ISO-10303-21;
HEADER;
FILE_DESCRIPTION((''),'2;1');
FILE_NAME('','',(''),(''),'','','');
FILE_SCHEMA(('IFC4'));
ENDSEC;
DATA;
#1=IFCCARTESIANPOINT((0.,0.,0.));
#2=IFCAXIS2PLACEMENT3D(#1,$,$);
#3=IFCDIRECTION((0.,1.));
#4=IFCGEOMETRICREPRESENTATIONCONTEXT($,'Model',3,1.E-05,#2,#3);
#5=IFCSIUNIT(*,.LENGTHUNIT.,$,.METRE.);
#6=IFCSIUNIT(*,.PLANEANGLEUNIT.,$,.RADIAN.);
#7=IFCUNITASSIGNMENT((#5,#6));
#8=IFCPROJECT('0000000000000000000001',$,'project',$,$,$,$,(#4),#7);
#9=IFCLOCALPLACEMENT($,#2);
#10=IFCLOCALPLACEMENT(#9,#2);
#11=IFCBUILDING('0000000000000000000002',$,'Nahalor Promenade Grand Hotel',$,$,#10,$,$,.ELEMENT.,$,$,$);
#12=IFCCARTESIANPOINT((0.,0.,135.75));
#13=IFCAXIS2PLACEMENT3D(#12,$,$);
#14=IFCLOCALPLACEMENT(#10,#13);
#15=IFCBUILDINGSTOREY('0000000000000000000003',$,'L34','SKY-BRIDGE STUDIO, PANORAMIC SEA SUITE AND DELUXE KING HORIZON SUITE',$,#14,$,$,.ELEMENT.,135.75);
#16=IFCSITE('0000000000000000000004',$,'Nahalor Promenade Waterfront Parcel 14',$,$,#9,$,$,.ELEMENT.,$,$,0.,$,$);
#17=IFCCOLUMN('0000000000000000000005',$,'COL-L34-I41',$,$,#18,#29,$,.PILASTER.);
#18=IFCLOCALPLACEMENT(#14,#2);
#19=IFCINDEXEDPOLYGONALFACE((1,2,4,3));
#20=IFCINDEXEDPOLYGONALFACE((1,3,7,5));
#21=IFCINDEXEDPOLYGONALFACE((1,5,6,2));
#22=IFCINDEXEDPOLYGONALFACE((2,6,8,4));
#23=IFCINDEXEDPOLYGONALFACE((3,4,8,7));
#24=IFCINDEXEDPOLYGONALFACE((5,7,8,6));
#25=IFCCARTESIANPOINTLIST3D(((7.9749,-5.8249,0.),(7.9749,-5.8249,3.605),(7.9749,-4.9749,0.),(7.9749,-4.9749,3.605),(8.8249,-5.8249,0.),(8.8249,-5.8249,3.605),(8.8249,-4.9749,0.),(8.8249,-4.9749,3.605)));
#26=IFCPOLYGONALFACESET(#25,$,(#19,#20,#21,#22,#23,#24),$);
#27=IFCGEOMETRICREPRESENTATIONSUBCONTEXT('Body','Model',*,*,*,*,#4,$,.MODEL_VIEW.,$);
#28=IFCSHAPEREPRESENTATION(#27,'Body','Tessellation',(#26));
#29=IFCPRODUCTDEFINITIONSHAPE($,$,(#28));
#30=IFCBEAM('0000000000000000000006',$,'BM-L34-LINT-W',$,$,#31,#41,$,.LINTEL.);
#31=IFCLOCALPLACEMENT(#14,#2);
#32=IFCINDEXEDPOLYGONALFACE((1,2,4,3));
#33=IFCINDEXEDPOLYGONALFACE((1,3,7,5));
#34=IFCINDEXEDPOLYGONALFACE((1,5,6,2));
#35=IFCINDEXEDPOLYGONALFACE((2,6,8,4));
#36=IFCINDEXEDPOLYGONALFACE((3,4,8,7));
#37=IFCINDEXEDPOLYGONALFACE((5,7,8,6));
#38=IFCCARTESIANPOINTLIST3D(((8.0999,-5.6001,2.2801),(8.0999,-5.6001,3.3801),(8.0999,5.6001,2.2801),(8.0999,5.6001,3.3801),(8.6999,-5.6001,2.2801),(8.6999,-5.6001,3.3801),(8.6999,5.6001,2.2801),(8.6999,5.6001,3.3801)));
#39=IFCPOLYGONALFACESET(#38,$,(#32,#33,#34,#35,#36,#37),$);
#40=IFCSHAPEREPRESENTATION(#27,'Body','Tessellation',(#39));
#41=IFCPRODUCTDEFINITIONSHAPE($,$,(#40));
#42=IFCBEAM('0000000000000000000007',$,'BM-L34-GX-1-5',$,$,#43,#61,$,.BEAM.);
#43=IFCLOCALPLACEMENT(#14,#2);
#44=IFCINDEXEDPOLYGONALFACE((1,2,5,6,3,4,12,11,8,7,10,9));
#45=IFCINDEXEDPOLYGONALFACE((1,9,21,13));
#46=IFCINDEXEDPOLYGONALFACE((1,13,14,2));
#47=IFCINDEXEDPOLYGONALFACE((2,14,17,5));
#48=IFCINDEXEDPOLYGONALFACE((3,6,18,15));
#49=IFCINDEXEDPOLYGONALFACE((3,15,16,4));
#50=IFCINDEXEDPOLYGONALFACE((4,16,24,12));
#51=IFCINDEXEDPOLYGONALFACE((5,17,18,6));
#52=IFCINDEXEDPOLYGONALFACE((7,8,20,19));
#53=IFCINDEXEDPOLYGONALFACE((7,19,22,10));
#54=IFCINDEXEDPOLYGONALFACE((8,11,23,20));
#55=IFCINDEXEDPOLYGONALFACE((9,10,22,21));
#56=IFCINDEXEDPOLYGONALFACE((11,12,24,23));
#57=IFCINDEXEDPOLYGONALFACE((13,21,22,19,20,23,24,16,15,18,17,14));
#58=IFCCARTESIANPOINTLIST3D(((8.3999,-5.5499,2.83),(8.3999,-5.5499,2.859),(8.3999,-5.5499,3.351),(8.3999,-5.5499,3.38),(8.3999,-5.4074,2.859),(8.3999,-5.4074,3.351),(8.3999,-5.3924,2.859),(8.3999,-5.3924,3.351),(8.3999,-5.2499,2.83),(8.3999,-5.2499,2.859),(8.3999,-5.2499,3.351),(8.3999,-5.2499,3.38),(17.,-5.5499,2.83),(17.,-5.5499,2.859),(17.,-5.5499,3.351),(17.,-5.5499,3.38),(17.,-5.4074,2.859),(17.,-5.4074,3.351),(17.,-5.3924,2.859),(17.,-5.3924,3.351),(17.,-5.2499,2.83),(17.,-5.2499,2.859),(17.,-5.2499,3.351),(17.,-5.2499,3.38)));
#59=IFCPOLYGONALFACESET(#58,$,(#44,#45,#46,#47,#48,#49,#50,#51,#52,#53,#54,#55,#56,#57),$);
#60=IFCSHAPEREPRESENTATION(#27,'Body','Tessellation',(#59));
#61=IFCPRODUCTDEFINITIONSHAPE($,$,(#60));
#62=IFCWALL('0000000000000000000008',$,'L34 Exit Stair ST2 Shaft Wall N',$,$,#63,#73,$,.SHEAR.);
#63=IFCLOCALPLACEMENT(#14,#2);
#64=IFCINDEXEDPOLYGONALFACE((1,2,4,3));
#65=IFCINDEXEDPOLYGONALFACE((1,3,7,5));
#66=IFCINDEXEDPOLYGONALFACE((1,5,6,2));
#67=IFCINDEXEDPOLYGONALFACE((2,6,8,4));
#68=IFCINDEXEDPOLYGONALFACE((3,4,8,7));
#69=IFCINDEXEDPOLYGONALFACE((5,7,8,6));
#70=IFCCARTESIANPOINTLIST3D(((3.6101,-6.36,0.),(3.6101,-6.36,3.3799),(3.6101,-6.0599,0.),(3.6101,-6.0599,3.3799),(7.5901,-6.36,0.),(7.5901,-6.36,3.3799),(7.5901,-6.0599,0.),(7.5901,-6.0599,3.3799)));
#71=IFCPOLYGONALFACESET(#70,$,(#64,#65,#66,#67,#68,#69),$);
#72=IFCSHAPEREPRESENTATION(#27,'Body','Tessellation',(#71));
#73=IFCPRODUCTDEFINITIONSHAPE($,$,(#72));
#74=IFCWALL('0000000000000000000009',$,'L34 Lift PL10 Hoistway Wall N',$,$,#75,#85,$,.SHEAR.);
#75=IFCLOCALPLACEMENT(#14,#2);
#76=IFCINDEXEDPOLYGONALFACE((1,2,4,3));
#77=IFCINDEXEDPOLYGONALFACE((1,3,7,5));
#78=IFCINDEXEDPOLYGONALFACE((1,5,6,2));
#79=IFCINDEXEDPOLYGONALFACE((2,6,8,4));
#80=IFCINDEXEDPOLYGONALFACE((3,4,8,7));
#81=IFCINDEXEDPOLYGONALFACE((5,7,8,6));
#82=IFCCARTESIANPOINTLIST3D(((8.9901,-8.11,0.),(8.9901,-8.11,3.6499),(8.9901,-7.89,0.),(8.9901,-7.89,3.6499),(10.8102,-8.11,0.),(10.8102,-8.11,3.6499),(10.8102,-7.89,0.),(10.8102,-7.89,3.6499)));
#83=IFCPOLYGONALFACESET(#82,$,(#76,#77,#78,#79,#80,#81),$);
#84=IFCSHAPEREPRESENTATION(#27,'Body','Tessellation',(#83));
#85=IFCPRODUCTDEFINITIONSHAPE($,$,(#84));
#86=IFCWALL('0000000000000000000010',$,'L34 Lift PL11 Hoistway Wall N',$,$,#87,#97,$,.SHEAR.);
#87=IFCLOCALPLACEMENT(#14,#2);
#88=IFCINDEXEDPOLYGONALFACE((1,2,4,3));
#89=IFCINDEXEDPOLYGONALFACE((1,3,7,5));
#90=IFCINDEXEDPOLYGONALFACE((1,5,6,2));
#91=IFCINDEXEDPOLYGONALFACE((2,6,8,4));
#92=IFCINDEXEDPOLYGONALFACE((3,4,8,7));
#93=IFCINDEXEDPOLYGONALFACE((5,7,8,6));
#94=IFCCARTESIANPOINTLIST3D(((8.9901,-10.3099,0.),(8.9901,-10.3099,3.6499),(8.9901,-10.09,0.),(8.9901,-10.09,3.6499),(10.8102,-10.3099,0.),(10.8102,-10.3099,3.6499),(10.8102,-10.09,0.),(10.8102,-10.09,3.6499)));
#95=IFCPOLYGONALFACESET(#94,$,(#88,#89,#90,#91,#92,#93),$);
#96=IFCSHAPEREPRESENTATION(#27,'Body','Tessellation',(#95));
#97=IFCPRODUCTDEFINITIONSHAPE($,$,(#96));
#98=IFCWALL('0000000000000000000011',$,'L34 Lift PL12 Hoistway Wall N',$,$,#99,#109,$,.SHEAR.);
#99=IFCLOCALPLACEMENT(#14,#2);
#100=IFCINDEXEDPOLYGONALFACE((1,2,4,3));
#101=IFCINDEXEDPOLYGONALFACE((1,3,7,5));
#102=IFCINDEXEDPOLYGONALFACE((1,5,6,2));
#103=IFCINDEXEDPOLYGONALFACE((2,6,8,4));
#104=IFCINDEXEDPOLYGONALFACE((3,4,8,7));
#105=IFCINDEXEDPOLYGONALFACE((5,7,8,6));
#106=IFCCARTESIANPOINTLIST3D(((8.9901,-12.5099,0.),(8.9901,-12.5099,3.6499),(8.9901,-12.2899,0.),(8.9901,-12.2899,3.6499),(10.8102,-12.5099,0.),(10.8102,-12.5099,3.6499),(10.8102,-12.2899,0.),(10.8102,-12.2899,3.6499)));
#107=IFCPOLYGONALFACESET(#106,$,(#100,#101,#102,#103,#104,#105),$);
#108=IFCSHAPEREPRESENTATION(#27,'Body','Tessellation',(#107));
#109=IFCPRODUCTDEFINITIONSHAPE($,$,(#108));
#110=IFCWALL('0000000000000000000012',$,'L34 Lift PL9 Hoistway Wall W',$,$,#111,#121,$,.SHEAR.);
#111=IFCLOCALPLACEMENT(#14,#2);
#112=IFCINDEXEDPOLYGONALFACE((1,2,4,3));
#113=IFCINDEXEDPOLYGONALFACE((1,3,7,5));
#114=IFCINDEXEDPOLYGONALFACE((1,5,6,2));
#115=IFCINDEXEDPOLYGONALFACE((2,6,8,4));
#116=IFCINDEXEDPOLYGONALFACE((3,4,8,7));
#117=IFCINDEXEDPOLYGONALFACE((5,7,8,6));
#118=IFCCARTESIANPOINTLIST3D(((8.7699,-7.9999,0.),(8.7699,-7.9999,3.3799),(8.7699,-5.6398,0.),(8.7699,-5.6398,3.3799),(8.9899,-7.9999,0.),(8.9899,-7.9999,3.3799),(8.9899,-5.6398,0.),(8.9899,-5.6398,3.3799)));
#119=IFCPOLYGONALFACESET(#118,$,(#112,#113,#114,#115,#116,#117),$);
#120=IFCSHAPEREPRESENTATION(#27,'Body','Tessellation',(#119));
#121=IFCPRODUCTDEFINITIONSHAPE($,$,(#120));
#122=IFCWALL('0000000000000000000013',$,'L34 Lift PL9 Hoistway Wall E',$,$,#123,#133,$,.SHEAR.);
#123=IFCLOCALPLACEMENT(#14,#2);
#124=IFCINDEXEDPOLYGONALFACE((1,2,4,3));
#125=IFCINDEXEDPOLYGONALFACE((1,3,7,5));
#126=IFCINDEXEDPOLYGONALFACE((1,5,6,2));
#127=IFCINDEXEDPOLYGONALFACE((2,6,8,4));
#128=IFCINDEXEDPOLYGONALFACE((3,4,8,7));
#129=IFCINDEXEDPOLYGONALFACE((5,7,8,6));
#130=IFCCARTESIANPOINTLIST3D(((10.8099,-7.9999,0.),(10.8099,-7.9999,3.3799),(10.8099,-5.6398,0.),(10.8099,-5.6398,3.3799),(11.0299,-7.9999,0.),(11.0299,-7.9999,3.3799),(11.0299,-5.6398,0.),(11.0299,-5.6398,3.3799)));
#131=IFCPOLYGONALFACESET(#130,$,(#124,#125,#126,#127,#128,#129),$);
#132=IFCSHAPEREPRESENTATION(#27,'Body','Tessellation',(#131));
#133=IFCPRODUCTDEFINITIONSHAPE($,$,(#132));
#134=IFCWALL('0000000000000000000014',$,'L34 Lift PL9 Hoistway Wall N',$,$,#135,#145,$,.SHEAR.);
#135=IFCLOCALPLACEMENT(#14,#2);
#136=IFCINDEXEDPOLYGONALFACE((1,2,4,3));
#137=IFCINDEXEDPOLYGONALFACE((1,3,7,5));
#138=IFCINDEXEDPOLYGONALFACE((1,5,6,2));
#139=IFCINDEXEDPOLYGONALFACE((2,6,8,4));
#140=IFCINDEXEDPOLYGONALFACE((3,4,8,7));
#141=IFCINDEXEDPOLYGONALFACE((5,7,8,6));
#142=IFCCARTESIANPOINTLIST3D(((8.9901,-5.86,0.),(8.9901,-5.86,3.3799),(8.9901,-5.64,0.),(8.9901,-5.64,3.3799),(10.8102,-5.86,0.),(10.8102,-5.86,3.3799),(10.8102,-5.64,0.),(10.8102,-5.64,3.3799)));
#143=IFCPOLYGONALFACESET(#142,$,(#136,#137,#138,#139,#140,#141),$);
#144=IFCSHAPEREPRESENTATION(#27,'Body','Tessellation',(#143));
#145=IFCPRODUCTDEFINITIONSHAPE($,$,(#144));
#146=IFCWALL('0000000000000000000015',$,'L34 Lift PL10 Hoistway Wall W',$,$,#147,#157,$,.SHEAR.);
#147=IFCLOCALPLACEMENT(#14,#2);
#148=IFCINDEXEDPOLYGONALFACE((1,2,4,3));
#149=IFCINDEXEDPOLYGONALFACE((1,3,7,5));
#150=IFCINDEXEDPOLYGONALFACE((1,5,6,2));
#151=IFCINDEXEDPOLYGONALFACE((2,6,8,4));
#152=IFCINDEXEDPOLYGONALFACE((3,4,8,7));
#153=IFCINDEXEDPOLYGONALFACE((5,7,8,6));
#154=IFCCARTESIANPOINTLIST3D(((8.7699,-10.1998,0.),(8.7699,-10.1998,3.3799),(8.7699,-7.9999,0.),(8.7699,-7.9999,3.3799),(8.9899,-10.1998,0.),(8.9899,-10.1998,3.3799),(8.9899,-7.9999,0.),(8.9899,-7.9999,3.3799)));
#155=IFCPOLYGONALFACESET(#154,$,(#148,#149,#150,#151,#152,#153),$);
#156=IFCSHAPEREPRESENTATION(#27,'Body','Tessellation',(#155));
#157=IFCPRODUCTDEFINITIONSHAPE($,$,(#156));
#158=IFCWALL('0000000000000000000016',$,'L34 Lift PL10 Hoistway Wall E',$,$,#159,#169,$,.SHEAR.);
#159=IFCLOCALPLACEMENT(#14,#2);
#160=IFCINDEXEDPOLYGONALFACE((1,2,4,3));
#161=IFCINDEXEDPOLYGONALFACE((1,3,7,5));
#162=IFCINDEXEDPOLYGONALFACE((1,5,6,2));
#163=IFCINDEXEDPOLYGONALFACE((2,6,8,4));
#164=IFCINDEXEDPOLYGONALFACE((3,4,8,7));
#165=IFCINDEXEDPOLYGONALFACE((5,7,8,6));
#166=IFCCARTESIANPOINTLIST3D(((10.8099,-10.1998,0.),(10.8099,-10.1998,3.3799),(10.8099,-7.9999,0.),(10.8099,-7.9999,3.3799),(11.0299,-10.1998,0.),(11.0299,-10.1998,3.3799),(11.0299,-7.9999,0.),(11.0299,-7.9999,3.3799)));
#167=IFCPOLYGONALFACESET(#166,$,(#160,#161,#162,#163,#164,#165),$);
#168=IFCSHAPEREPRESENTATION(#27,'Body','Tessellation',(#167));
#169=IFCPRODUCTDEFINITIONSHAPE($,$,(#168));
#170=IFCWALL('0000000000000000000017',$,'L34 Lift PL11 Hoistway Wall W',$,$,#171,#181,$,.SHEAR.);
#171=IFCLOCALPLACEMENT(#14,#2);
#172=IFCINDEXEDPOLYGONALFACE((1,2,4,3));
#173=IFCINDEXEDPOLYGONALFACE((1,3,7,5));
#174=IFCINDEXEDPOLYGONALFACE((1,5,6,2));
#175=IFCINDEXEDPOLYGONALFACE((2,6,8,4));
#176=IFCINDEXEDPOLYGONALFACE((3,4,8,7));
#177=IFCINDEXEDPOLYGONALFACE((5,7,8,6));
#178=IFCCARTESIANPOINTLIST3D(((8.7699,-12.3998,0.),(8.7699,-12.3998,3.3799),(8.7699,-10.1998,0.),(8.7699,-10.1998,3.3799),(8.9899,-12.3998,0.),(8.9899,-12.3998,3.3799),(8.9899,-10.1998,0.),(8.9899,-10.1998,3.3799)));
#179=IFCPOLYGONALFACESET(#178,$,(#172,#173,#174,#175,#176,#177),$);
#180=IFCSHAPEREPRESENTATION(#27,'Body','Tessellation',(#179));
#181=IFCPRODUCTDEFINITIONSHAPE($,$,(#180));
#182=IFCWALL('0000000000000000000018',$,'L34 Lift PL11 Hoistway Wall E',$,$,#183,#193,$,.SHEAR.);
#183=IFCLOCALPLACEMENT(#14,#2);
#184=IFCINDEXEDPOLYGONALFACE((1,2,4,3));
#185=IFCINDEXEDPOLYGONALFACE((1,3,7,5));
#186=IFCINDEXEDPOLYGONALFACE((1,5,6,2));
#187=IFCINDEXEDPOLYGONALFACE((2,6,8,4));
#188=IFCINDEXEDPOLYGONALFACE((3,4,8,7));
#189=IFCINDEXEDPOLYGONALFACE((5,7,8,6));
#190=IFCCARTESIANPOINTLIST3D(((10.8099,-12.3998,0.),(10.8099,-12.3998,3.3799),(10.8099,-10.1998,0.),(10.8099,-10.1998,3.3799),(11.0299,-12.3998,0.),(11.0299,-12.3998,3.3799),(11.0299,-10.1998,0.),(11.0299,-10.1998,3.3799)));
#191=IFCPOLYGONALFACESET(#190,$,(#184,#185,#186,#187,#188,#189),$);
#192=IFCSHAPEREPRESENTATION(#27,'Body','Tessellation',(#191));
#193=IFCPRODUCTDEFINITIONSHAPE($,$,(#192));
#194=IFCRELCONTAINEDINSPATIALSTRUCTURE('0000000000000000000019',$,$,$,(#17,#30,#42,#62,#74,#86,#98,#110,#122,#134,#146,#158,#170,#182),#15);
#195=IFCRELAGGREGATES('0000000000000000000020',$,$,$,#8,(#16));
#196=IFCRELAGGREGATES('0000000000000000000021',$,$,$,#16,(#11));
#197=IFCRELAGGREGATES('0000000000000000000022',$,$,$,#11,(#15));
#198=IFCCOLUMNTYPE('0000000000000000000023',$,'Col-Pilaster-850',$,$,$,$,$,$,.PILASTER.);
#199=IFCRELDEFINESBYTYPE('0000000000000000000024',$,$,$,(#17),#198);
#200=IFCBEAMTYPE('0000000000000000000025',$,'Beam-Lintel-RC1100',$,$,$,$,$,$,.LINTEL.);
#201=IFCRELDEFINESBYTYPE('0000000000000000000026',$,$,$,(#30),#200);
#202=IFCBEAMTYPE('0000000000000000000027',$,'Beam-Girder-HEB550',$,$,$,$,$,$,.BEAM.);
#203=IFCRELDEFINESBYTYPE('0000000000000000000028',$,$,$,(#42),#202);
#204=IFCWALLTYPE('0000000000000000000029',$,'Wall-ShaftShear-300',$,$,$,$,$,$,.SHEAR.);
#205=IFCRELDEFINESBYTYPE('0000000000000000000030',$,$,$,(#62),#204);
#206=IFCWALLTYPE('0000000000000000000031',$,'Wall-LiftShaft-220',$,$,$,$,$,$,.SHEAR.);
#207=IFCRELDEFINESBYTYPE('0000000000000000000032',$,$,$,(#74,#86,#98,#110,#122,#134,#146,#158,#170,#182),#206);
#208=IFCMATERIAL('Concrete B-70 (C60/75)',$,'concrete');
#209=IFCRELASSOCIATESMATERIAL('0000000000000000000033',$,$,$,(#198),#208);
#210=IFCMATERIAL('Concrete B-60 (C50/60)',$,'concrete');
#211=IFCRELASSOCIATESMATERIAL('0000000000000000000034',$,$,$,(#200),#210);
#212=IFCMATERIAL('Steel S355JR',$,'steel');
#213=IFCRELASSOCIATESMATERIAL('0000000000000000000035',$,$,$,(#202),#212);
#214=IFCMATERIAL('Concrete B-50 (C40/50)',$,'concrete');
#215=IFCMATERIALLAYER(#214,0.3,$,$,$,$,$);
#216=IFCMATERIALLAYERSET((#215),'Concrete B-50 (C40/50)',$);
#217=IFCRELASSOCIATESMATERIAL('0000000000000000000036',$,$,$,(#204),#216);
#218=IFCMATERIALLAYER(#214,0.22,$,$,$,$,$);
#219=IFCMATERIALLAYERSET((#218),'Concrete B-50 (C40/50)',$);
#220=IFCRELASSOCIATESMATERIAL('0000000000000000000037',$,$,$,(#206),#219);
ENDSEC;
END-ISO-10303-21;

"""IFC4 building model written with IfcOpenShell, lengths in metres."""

from ifc_helpers import new_model, si_unit, direction, frame, frame_2d, origin, origin_2d, place, context, subcontext, project, spatial, rectangle, i_section, extrude, source, transform, mapped, material, layer, layer_set, material_profile, profile_set, type_object, element, save


model = new_model("IFC4")

# Units and contexts
model_context = context("Model", 3, precision=1e-05, world=origin(), true_north=direction((0.0, 1.0)))
body_context = subcontext(model_context, "Body", "Model", "MODEL_VIEW")
ifc_project = project(units=[si_unit("LENGTHUNIT", "METRE"), si_unit("PLANEANGLEUNIT", "RADIAN")], contexts=[model_context])

# Site, building, storey
site_placement = place(None, origin())
site = spatial("IfcSite", under=ifc_project, at=site_placement, Name="Nahalor Promenade Waterfront Parcel 14", CompositionType="ELEMENT", RefElevation=0.0)
building_placement = place(site_placement, origin())
building = spatial("IfcBuilding", under=site, at=building_placement, Name="Nahalor Promenade Grand Hotel", CompositionType="ELEMENT")
storey_placement = place(building_placement, frame((0.0, 0.0, 135.75)))
storey = spatial("IfcBuildingStorey", under=building, at=storey_placement, Name="L34", Description="SKY-BRIDGE STUDIO, PANORAMIC SEA SUITE AND DELUXE KING HORIZON SUITE", CompositionType="ELEMENT", Elevation=135.75)

# Column
ifc_material_1 = material(Name="Concrete B-70 (C60/75)", Category="concrete")
ifc_material_profile_1 = material_profile(ifc_material_1, rectangle(XDim=0.85, YDim=0.85, at=origin_2d()), Name="RC 850x850")
ifc_profile_set_1 = profile_set([ifc_material_profile_1], Name="Concrete B-70 (C60/75)")
column_type = type_object("IfcColumnType", Name="Col-Pilaster-850", PredefinedType="PILASTER", material=ifc_profile_set_1)
shared_shape_1 = source(origin(), body_context, "Body", "SweptSolid", [
    extrude(rectangle(XDim=0.85, YDim=0.85, at=origin_2d()), origin(), (0.0, 0.0, 1.0), 3.605),
])
column_placement = place(storey_placement, frame((8.3999, -5.3999, 0.0), z_axis=(0.0, 0.0, 1.0), x_axis=(1.0, 0.0, 0.0)))
element("IfcColumn", 1, at=column_placement, inside=storey, type_object=column_type, Name="COL-L34-I41", PredefinedType="PILASTER", context=body_context, shape_type="MappedRepresentation", body=[
    mapped(shared_shape_1, transform((0.0, 0.0, 0.0), scale=1.0)),
])

# Beams
ifc_material_2 = material(Name="Concrete B-60 (C50/60)", Category="concrete")
ifc_material_profile_2 = material_profile(ifc_material_2, rectangle(XDim=0.6, YDim=1.1, at=origin_2d()), Name="RC 600x1100")
ifc_profile_set_2 = profile_set([ifc_material_profile_2], Name="Concrete B-60 (C50/60)")
beam_type_1 = type_object("IfcBeamType", Name="Beam-Lintel-RC1100", PredefinedType="LINTEL", material=ifc_profile_set_2)
shared_shape_2 = source(origin(), body_context, "Body", "SweptSolid", [
    extrude(rectangle(XDim=0.6, YDim=1.1, at=origin_2d()), origin(), (0.0, 0.0, 1.0), 11.2002),
])
beam_1_placement = place(storey_placement, frame((8.3999, -5.6001, 2.8301), z_axis=(0.0, 1.0, 0.0), x_axis=(-1.0, 0.0, 0.0)))
element("IfcBeam", 2, at=beam_1_placement, inside=storey, type_object=beam_type_1, Name="BM-L34-LINT-W", PredefinedType="LINTEL", context=body_context, shape_type="MappedRepresentation", body=[
    mapped(shared_shape_2, transform((0.0, 0.0, 0.0), scale=1.0)),
])
ifc_material_3 = material(Name="Steel S355JR", Category="steel")
ifc_material_profile_3 = material_profile(ifc_material_3, i_section(OverallWidth=0.3, OverallDepth=0.55, WebThickness=0.015, FlangeThickness=0.029, at=origin_2d()), Name="HEB 550")
ifc_profile_set_3 = profile_set([ifc_material_profile_3], Name="Steel S355JR")
beam_type_2 = type_object("IfcBeamType", Name="Beam-Girder-HEB550", PredefinedType="BEAM", material=ifc_profile_set_3)
shared_shape_3 = source(origin(), body_context, "Body", "SweptSolid", [
    extrude(i_section(OverallWidth=0.3, OverallDepth=0.55, WebThickness=0.015, FlangeThickness=0.029, at=origin_2d()), origin(), (0.0, 0.0, 1.0), 8.6001),
])
beam_2_placement = place(storey_placement, frame((8.3999, -5.3999, 3.105), z_axis=(1.0, 0.0, 0.0), x_axis=(0.0, 1.0, 0.0)))
element("IfcBeam", 3, at=beam_2_placement, inside=storey, type_object=beam_type_2, Name="BM-L34-GX-1-5", PredefinedType="BEAM", context=body_context, shape_type="MappedRepresentation", body=[
    mapped(shared_shape_3, transform((0.0, 0.0, 0.0), scale=1.0)),
])

# Walls
ifc_material_4 = material(Name="Concrete B-50 (C40/50)", Category="concrete")
ifc_layer_1 = layer(ifc_material_4, 0.3)
ifc_layer_set_1 = layer_set([ifc_layer_1], Name="Concrete B-50 (C40/50)")
wall_type_1 = type_object("IfcWallType", Name="Wall-ShaftShear-300", PredefinedType="SHEAR", material=ifc_layer_set_1)
shared_shape_4 = source(origin(), body_context, "Body", "SweptSolid", [
    extrude(rectangle(XDim=3.98, YDim=0.3, at=frame_2d((1.99, 0.0))), origin(), (0.0, 0.0, 1.0), 3.3799),
])
wall_1_placement = place(storey_placement, frame((3.6101, -6.21, 0.0), z_axis=(0.0, 0.0, 1.0), x_axis=(1.0, 0.0, 0.0)))
element("IfcWall", 4, at=wall_1_placement, inside=storey, type_object=wall_type_1, Name="L34 Exit Stair ST2 Shaft Wall N", PredefinedType="SHEAR", context=body_context, shape_type="MappedRepresentation", body=[
    mapped(shared_shape_4, transform((0.0, 0.0, 0.0), scale=1.0)),
])
ifc_layer_2 = layer(ifc_material_4, 0.22)
ifc_layer_set_2 = layer_set([ifc_layer_2], Name="Concrete B-50 (C40/50)")
wall_type_2 = type_object("IfcWallType", Name="Wall-LiftShaft-220", PredefinedType="SHEAR", material=ifc_layer_set_2)
shared_shape_5 = source(origin(), body_context, "Body", "SweptSolid", [
    extrude(rectangle(XDim=1.8201, YDim=0.22, at=frame_2d((0.9102, 0.0))), origin(), (0.0, 0.0, 1.0), 3.6499),
])
for number, where, z_axis, x_axis, name in (
    (5, (8.99, -8.0, 0.0), (0.0, 0.0, 1.0), (1.0, 0.0, 0.0), "L34 Lift PL10 Hoistway Wall N"),
    (6, (8.99, -10.2, 0.0), (0.0, 0.0, 1.0), (1.0, 0.0, 0.0), "L34 Lift PL11 Hoistway Wall N"),
    (7, (8.99, -12.3999, 0.0), (0.0, 0.0, 1.0), (1.0, 0.0, 0.0), "L34 Lift PL12 Hoistway Wall N"),
):
    element("IfcWall", number, at=place(storey_placement, frame(where, z_axis=z_axis, x_axis=x_axis)), inside=storey, type_object=wall_type_2, Name=name, PredefinedType="SHEAR", context=body_context, shape_type="MappedRepresentation", body=[
        mapped(shared_shape_5, transform((0.0, 0.0, 0.0), scale=1.0)),
    ])
shared_shape_6 = source(origin(), body_context, "Body", "SweptSolid", [
    extrude(rectangle(XDim=2.3601, YDim=0.22, at=frame_2d((1.1802, 0.0))), origin(), (0.0, 0.0, 1.0), 3.3799),
])
for number, where, z_axis, x_axis, name in (
    (8, (8.8799, -8.0, 0.0), (0.0, 0.0, 1.0), (0.0, 1.0, 0.0), "L34 Lift PL9 Hoistway Wall W"),
    (9, (10.9199, -8.0, 0.0), (0.0, 0.0, 1.0), (0.0, 1.0, 0.0), "L34 Lift PL9 Hoistway Wall E"),
):
    element("IfcWall", number, at=place(storey_placement, frame(where, z_axis=z_axis, x_axis=x_axis)), inside=storey, type_object=wall_type_2, Name=name, PredefinedType="SHEAR", context=body_context, shape_type="MappedRepresentation", body=[
        mapped(shared_shape_6, transform((0.0, 0.0, 0.0), scale=1.0)),
    ])
shared_shape_7 = source(origin(), body_context, "Body", "SweptSolid", [
    extrude(rectangle(XDim=1.8201, YDim=0.22, at=frame_2d((0.9102, 0.0))), origin(), (0.0, 0.0, 1.0), 3.3799),
])
wall_2_placement = place(storey_placement, frame((8.99, -5.75, 0.0), z_axis=(0.0, 0.0, 1.0), x_axis=(1.0, 0.0, 0.0)))
element("IfcWall", 10, at=wall_2_placement, inside=storey, type_object=wall_type_2, Name="L34 Lift PL9 Hoistway Wall N", PredefinedType="SHEAR", context=body_context, shape_type="MappedRepresentation", body=[
    mapped(shared_shape_7, transform((0.0, 0.0, 0.0), scale=1.0)),
])
shared_shape_8 = source(origin(), body_context, "Body", "SweptSolid", [
    extrude(rectangle(XDim=2.2, YDim=0.22, at=frame_2d((1.1001, 0.0))), origin(), (0.0, 0.0, 1.0), 3.3799),
])
for number, where, z_axis, x_axis, name in (
    (11, (8.8799, -10.2, 0.0), (0.0, 0.0, 1.0), (0.0, 1.0, 0.0), "L34 Lift PL10 Hoistway Wall W"),
    (12, (10.9199, -10.2, 0.0), (0.0, 0.0, 1.0), (0.0, 1.0, 0.0), "L34 Lift PL10 Hoistway Wall E"),
    (13, (8.8799, -12.3999, 0.0), (0.0, 0.0, 1.0), (0.0, 1.0, 0.0), "L34 Lift PL11 Hoistway Wall W"),
    (14, (10.9199, -12.3999, 0.0), (0.0, 0.0, 1.0), (0.0, 1.0, 0.0), "L34 Lift PL11 Hoistway Wall E"),
):
    element("IfcWall", number, at=place(storey_placement, frame(where, z_axis=z_axis, x_axis=x_axis)), inside=storey, type_object=wall_type_2, Name=name, PredefinedType="SHEAR", context=body_context, shape_type="MappedRepresentation", body=[
        mapped(shared_shape_8, transform((0.0, 0.0, 0.0), scale=1.0)),
    ])

save(model, "model.ifc")
